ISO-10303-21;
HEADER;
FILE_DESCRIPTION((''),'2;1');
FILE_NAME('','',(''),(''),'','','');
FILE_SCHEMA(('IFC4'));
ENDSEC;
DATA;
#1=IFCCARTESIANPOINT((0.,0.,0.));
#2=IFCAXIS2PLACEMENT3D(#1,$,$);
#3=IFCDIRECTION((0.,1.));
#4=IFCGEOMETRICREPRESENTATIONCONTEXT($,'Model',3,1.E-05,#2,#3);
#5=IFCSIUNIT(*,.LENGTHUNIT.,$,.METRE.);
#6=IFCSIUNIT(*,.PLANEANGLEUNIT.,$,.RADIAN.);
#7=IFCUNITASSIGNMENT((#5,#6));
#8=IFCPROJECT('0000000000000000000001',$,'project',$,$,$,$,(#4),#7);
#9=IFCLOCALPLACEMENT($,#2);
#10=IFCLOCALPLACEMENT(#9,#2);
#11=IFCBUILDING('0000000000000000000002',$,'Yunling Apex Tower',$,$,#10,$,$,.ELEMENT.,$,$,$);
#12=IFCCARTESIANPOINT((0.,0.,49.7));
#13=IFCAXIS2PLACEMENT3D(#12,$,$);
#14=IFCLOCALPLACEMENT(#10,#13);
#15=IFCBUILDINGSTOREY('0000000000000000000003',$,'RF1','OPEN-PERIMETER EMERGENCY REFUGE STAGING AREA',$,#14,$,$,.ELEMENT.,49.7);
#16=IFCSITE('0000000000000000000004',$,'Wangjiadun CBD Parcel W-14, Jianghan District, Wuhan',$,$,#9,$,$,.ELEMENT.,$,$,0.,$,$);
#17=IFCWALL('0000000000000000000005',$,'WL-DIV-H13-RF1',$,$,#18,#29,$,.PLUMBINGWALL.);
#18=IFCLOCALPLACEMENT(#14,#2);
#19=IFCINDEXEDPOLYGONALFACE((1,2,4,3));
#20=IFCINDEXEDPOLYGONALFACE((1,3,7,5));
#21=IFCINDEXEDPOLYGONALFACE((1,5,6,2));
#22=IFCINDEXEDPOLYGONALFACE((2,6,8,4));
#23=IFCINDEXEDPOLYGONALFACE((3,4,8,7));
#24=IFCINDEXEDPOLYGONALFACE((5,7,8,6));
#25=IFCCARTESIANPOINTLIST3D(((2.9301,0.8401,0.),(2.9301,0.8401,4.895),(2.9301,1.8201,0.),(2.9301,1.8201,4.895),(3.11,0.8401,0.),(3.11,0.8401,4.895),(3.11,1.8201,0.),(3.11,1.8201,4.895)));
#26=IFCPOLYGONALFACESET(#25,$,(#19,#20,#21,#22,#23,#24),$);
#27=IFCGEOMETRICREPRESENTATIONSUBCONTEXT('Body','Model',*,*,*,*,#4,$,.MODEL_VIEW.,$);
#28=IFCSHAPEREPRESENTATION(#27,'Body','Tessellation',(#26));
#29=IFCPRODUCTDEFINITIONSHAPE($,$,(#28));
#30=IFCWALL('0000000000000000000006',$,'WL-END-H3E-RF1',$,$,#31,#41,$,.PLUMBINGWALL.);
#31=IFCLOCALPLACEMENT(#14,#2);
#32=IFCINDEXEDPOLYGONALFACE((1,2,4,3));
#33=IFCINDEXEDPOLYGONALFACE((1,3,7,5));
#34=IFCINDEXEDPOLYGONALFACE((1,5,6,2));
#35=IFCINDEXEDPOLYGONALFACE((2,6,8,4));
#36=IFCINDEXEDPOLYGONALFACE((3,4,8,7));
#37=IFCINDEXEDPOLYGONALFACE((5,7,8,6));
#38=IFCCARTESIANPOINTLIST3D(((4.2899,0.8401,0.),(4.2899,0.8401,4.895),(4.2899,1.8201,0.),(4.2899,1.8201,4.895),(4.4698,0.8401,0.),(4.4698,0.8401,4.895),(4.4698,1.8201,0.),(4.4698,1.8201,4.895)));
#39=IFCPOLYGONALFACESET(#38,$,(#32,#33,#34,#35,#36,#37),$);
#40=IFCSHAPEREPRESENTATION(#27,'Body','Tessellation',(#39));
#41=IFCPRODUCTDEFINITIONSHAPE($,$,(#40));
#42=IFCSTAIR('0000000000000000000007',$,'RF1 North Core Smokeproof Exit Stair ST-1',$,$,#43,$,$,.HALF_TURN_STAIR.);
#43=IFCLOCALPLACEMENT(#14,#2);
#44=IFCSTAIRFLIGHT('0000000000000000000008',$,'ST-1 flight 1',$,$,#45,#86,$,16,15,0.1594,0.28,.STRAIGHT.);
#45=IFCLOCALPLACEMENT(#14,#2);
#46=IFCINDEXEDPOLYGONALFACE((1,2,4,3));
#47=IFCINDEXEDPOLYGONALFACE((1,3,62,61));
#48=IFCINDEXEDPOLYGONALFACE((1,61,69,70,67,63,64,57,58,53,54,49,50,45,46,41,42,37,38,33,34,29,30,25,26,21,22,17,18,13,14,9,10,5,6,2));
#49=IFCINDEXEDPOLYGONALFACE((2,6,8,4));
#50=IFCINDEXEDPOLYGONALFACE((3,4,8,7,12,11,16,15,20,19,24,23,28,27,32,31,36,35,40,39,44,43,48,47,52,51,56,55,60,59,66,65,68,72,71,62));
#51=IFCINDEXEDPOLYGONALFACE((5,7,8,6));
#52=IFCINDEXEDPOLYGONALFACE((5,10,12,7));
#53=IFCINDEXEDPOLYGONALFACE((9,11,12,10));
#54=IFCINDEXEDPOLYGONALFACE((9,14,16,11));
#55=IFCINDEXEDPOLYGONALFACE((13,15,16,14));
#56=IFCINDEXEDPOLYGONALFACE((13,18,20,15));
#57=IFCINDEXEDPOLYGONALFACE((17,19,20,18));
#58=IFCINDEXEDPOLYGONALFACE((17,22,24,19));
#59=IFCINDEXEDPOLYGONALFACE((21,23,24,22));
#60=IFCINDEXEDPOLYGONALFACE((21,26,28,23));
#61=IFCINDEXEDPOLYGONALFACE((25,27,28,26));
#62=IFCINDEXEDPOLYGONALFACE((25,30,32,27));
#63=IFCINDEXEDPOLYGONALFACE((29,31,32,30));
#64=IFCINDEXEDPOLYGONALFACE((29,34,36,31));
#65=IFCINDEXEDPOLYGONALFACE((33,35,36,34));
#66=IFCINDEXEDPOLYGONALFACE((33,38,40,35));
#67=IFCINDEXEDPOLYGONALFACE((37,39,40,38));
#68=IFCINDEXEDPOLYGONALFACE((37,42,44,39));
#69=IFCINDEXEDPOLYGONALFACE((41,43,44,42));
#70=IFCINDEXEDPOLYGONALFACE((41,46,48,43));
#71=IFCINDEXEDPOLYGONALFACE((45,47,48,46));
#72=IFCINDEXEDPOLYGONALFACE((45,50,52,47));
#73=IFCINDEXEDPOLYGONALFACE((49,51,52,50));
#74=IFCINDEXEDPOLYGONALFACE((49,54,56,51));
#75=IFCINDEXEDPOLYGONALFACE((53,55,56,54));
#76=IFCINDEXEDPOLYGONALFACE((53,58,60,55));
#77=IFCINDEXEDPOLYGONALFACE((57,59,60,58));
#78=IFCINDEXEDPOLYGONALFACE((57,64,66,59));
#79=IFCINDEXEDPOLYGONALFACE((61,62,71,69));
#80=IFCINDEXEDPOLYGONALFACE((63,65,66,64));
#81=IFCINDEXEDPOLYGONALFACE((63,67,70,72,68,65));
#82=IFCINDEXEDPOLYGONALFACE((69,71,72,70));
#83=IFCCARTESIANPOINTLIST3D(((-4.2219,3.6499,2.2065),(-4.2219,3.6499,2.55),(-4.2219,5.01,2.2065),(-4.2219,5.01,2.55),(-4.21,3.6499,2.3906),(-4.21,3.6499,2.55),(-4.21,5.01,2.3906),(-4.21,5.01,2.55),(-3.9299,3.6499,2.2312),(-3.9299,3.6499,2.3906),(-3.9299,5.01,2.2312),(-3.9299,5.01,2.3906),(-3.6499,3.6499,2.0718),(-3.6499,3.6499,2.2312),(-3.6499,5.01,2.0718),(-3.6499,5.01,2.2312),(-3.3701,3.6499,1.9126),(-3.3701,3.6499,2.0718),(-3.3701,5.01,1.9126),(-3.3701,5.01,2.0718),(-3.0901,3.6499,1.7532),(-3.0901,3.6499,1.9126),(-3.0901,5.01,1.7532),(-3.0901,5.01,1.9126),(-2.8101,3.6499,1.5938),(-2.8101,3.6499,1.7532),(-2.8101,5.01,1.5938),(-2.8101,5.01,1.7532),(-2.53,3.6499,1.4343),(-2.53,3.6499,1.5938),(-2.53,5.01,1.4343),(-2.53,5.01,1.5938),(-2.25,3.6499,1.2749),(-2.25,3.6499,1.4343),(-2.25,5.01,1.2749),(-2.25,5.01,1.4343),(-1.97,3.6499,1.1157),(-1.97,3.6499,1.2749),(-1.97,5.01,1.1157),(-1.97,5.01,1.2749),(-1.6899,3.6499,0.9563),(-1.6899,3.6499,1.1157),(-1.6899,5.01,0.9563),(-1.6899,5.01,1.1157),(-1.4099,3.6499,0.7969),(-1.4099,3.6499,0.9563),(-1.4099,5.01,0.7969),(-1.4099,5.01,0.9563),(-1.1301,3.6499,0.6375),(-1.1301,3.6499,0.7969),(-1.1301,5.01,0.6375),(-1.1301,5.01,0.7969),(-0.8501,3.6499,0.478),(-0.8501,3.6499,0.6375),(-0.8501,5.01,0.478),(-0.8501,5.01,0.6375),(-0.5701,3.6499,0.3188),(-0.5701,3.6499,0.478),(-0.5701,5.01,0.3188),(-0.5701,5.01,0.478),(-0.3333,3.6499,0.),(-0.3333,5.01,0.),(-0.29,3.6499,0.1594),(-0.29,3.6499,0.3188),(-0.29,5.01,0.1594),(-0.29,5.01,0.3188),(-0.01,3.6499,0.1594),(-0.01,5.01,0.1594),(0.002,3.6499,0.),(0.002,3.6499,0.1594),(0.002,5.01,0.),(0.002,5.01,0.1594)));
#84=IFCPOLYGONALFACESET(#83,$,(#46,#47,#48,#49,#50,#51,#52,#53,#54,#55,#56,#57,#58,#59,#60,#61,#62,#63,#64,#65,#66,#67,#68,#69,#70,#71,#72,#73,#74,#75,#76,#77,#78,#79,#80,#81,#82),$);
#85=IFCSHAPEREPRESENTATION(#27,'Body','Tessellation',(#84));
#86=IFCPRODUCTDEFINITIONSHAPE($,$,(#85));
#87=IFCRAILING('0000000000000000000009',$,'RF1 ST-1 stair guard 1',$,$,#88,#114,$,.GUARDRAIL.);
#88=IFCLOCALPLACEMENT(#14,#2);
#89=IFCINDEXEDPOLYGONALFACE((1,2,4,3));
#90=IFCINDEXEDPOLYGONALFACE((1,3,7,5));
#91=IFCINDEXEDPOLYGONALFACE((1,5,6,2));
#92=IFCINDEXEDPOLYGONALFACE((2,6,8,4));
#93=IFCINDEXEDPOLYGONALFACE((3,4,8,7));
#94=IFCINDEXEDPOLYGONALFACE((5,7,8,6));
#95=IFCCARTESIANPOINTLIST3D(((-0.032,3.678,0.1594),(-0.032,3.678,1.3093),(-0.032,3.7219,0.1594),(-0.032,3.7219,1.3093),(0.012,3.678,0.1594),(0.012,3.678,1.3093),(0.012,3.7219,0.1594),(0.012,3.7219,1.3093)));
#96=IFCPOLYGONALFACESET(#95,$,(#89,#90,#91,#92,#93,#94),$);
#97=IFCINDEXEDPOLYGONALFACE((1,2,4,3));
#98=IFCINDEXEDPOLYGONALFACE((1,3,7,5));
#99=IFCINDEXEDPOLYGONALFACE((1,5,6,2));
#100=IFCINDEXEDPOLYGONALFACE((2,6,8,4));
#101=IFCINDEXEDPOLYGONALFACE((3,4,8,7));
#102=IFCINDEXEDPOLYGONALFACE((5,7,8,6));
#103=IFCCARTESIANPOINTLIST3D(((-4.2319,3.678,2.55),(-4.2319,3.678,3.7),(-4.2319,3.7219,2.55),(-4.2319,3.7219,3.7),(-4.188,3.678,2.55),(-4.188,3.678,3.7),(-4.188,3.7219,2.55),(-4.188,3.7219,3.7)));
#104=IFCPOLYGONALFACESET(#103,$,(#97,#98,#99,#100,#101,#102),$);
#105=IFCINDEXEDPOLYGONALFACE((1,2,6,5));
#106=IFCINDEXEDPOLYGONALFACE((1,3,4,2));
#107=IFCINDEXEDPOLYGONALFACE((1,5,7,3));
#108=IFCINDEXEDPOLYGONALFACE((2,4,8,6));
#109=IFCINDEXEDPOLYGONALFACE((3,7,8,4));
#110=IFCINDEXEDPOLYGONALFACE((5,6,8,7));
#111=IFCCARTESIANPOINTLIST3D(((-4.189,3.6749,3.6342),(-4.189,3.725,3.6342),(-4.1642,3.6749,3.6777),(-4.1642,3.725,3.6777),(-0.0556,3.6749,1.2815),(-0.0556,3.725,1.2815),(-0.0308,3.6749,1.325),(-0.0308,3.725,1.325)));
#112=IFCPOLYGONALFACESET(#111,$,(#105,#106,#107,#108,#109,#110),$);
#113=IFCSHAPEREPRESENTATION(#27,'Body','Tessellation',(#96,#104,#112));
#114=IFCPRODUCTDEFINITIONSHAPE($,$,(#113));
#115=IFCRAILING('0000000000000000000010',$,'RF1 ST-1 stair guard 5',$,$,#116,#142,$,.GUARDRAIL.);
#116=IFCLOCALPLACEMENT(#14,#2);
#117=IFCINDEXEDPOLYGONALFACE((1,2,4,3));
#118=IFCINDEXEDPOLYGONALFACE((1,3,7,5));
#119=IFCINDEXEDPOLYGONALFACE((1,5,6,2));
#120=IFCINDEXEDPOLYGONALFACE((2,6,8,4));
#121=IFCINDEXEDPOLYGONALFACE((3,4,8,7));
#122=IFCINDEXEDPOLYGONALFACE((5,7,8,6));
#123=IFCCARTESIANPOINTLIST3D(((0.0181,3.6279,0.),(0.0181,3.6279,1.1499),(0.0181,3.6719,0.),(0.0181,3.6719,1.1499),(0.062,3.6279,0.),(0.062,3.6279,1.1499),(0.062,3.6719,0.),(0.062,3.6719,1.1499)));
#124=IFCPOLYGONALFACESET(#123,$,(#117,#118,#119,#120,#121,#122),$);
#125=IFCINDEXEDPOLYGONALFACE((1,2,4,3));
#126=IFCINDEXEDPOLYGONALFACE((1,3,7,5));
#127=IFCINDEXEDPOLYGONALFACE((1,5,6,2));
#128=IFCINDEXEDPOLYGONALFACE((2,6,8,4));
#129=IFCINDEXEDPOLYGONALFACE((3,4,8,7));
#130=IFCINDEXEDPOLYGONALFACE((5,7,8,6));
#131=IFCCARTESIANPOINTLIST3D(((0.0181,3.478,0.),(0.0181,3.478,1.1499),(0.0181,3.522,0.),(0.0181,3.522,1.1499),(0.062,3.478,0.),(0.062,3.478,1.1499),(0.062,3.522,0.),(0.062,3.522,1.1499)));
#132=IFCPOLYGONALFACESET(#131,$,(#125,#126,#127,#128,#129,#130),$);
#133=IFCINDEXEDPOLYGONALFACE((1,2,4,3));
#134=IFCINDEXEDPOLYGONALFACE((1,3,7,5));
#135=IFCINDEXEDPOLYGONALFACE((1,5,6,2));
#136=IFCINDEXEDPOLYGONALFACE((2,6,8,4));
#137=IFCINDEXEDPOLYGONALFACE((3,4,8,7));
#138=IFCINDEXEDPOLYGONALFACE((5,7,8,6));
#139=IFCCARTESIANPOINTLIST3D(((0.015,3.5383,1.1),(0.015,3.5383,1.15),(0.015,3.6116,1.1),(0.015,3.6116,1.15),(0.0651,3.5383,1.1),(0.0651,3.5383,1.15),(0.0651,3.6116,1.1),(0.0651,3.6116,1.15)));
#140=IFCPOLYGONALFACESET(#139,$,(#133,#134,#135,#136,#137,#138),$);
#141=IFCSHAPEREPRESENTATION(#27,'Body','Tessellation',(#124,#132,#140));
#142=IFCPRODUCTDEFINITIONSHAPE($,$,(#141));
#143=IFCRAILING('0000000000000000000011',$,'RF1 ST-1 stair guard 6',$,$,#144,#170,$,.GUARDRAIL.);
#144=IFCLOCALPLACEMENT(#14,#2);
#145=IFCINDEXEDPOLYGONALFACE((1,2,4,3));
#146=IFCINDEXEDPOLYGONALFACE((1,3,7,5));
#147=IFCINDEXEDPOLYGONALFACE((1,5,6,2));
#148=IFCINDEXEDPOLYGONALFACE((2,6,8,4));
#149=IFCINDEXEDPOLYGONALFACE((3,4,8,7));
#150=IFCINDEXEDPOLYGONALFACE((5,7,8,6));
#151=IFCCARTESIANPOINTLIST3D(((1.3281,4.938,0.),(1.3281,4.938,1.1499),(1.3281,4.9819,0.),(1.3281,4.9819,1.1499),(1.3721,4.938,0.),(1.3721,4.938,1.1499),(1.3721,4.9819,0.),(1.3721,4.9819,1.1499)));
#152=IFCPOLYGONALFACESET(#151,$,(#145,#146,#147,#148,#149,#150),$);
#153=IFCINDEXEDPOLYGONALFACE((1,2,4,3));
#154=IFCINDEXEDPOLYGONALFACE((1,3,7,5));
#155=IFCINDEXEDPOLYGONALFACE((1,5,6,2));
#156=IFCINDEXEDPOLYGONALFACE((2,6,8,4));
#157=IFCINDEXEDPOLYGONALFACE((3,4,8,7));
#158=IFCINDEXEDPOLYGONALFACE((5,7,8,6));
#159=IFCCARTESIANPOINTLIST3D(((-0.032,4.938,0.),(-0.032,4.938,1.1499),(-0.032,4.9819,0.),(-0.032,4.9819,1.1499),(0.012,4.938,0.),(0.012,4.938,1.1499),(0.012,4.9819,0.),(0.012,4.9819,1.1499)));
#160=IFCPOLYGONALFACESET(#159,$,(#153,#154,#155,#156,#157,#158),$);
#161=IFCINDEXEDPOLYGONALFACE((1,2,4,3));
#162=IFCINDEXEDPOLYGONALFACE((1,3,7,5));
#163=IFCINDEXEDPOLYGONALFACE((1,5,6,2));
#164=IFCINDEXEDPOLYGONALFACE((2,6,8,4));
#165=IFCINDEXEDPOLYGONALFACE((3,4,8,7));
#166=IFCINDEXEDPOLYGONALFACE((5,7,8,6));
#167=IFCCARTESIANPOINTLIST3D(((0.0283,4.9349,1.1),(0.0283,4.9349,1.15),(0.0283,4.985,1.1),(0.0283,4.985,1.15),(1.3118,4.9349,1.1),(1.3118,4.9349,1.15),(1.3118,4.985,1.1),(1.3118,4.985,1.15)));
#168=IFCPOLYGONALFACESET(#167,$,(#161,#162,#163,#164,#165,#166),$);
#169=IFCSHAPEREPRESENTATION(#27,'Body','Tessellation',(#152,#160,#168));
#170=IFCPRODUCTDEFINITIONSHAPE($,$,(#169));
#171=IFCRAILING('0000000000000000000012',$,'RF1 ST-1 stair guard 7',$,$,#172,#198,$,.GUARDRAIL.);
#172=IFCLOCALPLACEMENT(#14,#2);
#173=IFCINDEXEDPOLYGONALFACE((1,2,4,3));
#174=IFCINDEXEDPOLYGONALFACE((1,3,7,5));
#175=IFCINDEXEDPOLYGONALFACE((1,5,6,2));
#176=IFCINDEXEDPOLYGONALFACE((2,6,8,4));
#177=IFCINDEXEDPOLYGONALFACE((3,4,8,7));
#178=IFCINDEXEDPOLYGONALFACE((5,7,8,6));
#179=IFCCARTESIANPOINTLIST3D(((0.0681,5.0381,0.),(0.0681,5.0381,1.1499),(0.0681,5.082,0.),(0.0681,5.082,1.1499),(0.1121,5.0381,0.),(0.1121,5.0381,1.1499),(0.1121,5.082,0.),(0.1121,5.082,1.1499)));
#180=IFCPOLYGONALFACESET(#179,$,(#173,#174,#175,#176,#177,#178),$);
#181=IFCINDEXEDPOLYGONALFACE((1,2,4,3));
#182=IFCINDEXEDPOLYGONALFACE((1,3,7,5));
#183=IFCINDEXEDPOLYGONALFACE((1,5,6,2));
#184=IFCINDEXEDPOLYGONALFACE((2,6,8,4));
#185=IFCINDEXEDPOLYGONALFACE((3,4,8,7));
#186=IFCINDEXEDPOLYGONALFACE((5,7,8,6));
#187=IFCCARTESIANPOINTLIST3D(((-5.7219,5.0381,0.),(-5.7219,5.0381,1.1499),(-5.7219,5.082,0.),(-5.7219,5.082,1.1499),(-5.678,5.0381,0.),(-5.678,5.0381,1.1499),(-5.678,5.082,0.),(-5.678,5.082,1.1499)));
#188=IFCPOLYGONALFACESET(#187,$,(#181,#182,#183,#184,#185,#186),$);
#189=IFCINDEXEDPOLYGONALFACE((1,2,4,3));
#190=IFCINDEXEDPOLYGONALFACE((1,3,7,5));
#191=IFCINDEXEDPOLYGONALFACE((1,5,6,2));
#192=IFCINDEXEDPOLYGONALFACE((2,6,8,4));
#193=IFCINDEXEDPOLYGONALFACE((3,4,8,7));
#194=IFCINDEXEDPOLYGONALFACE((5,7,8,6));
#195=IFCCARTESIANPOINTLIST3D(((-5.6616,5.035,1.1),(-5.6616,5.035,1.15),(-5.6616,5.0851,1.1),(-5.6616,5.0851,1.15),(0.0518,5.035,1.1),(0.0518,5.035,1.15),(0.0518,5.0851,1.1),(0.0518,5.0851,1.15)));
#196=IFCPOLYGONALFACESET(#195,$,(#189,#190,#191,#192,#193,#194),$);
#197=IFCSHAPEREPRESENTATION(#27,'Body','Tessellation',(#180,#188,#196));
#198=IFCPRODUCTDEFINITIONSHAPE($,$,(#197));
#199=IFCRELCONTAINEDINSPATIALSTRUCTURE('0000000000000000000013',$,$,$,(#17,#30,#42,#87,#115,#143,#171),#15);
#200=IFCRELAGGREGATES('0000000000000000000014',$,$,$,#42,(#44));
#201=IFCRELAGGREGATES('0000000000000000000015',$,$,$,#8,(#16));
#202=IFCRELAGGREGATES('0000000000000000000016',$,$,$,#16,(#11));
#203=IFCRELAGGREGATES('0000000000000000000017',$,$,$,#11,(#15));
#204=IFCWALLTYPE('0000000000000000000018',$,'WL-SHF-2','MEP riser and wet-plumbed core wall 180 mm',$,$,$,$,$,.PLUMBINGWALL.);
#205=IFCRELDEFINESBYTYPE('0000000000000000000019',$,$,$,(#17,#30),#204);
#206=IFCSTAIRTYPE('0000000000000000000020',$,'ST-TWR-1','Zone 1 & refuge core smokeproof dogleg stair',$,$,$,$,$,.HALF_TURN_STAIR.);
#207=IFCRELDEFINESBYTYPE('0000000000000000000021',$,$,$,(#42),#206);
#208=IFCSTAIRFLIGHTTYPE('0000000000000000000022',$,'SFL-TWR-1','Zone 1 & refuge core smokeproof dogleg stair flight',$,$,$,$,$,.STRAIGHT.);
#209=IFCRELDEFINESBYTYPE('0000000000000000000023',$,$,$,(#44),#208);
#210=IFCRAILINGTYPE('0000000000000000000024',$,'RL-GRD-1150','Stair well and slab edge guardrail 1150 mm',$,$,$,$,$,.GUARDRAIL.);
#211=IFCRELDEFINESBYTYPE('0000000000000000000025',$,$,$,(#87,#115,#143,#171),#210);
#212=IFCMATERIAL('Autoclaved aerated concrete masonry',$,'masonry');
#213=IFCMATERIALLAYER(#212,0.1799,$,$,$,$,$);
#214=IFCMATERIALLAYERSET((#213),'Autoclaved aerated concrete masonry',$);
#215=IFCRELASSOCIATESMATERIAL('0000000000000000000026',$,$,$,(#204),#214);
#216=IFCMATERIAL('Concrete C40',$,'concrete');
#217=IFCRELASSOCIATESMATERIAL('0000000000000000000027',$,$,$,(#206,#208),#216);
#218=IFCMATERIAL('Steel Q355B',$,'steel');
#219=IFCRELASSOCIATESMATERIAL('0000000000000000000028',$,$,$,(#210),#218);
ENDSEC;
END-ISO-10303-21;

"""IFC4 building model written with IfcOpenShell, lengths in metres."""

from ifc_helpers import new_model, si_unit, direction, frame, frame_2d, origin, origin_2d, place, context, subcontext, project, spatial, polyline, rectangle, outline, extrude, material, layer, layer_set, type_object, element, aggregate, save


model = new_model("IFC4")

# Units and contexts
model_context = context("Model", 3, precision=1e-05, world=origin(), true_north=direction((0.0, 1.0)))
body_context = subcontext(model_context, "Body", "Model", "MODEL_VIEW")
ifc_project = project(units=[si_unit("LENGTHUNIT", "METRE"), si_unit("PLANEANGLEUNIT", "RADIAN")], contexts=[model_context])

# Site, building, storey
site_placement = place(None, origin())
site = spatial("IfcSite", under=ifc_project, at=site_placement, Name="Wangjiadun CBD Parcel W-14, Jianghan District, Wuhan", CompositionType="ELEMENT", RefElevation=0.0)
building_placement = place(site_placement, origin())
building = spatial("IfcBuilding", under=site, at=building_placement, Name="Yunling Apex Tower", CompositionType="ELEMENT")
storey_placement = place(building_placement, frame((0.0, 0.0, 49.7)))
storey = spatial("IfcBuildingStorey", under=building, at=storey_placement, Name="RF1", Description="OPEN-PERIMETER EMERGENCY REFUGE STAGING AREA", CompositionType="ELEMENT", Elevation=49.7)

# Shared definitions
ifc_material_1 = material(Name="Steel Q355B", Category="steel")

# Shared definitions
ifc_material_2 = material(Name="Concrete C40", Category="concrete")

# Shared definitions
ifc_material_3 = material(Name="Autoclaved aerated concrete masonry", Category="masonry")

# Walls
ifc_layer_1 = layer(ifc_material_3, 0.1799)
ifc_layer_set_1 = layer_set([ifc_layer_1], Name="Autoclaved aerated concrete masonry")
wall_type_1 = type_object("IfcWallType", Name="WL-SHF-2", Description="MEP riser and wet-plumbed core wall 180 mm", PredefinedType="PLUMBINGWALL", material=ifc_layer_set_1)
for number, where, z_axis, x_axis, name in (
    (1, (3.02, 0.8401, 0.0), (0.0, 0.0, 1.0), (0.0, 1.0, 0.0), "WL-DIV-H13-RF1"),
    (2, (4.3799, 0.8401, 0.0), (0.0, 0.0, 1.0), (0.0, 1.0, 0.0), "WL-END-H3E-RF1"),
):
    element("IfcWall", number, at=place(storey_placement, frame(where, z_axis=z_axis, x_axis=x_axis)), inside=storey, type_object=wall_type_1, Name=name, PredefinedType="PLUMBINGWALL", context=body_context, shape_type="SweptSolid", body=[
        extrude(rectangle(XDim=0.98, YDim=0.1799, at=frame_2d((0.49, 0.0))), origin(), (0.0, 0.0, 1.0), 4.895),
    ])

# Stair, stair flight
stair_type = type_object("IfcStairType", Name="ST-TWR-1", Description="Zone 1 & refuge core smokeproof dogleg stair", PredefinedType="HALF_TURN_STAIR", material=ifc_material_2)
stair_placement = place(storey_placement, origin())
stair = element("IfcStair", 3, at=stair_placement, inside=storey, type_object=stair_type, Name="RF1 North Core Smokeproof Exit Stair ST-1", PredefinedType="HALF_TURN_STAIR")
stair_flight_type = type_object("IfcStairFlightType", Name="SFL-TWR-1", Description="Zone 1 & refuge core smokeproof dogleg stair flight", PredefinedType="STRAIGHT", material=ifc_material_2)
stair_flight_placement = place(storey_placement, frame((-0.01, 4.3301, 0.0), z_axis=(0.0, 0.0, 1.0), x_axis=(-1.0, 0.0, 0.0)))
stair_flight = element("IfcStairFlight", 4, at=stair_flight_placement, type_object=stair_flight_type, Name="ST-1 flight 1", NumberOfRisers=16, NumberOfTreads=15, PredefinedType="STRAIGHT", RiserHeight=0.1594, TreadLength=0.28, context=body_context, shape_type="SweptSolid", body=[
    extrude(outline(polyline([(-0.012, 0.0), (-0.012, 0.1594), (0.0, 0.1594), (0.28, 0.1594), (0.28, 0.3188), (0.5601, 0.3188), (0.5601, 0.478), (0.8401, 0.478), (0.8401, 0.6375), (1.1201, 0.6375), (1.1201, 0.7969), (1.3999, 0.7969), (1.3999, 0.9563), (1.6799, 0.9563), (1.6799, 1.1157), (1.96, 1.1157), (1.96, 1.2749), (2.24, 1.2749), (2.24, 1.4343), (2.52, 1.4343), (2.52, 1.5938), (2.8, 1.5938), (2.8, 1.7532), (3.0801, 1.7532), (3.0801, 1.9126), (3.3601, 1.9126), (3.3601, 2.0718), (3.6399, 2.0718), (3.6399, 2.2312), (3.9199, 2.2312), (3.9199, 2.3906), (4.2, 2.3906), (4.2, 2.55), (4.2119, 2.55), (4.2119, 2.2065), (0.3232, 0.0), (-0.012, 0.0)])), frame((0.0, 0.6802, 0.0), z_axis=(0.0, -1.0, 0.0), x_axis=(1.0, 0.0, 0.0)), (0.0, 0.0, 1.0), 1.3601),
])
aggregate(stair, [stair_flight])

# Railings
railing_type_1 = type_object("IfcRailingType", Name="RL-GRD-1150", Description="Stair well and slab edge guardrail 1150 mm", PredefinedType="GUARDRAIL", material=ifc_material_1)
railing_1_placement = place(storey_placement, frame((-0.01, 3.7, 0.1594)))
element("IfcRailing", 5, at=railing_1_placement, inside=storey, type_object=railing_type_1, Name="RF1 ST-1 stair guard 1", PredefinedType="GUARDRAIL", context=body_context, shape_type="SweptSolid", body=[
    extrude(rectangle(XDim=0.0439, YDim=0.0439, at=origin_2d()), origin(), (0.0, 0.0, 1.0), 1.1499),
    extrude(rectangle(XDim=0.0439, YDim=0.0439, at=origin_2d()), frame((-4.2, 0.0, 2.3906)), (0.0, 0.0, 1.0), 1.1499),
    extrude(rectangle(XDim=0.05, YDim=0.05, at=origin_2d()), frame((-0.0332, 0.0, 1.1438), z_axis=(-0.869075, 0.0, 0.49468), x_axis=(0.0, -1.0, 0.0)), (0.0, 0.0, 1.0), 4.7561),
])
railing_2_placement = place(storey_placement, frame((0.04, 3.6499, 0.0)))
element("IfcRailing", 6, at=railing_2_placement, inside=storey, type_object=railing_type_1, Name="RF1 ST-1 stair guard 5", PredefinedType="GUARDRAIL", context=body_context, shape_type="SweptSolid", body=[
    extrude(rectangle(XDim=0.0439, YDim=0.0439, at=origin_2d()), origin(), (0.0, 0.0, 1.0), 1.1499),
    extrude(rectangle(XDim=0.0439, YDim=0.0439, at=origin_2d()), frame((0.0, -0.1499, 0.0)), (0.0, 0.0, 1.0), 1.1499),
    extrude(rectangle(XDim=0.05, YDim=0.05, at=origin_2d()), frame((0.0, -0.0383, 1.125), z_axis=(0.0, -1.0, 0.0), x_axis=(1.0, 0.0, 0.0)), (0.0, 0.0, 1.0), 0.0732),
])
railing_3_placement = place(storey_placement, frame((1.3501, 4.96, 0.0)))
element("IfcRailing", 7, at=railing_3_placement, inside=storey, type_object=railing_type_1, Name="RF1 ST-1 stair guard 6", PredefinedType="GUARDRAIL", context=body_context, shape_type="SweptSolid", body=[
    extrude(rectangle(XDim=0.0439, YDim=0.0439, at=origin_2d()), origin(), (0.0, 0.0, 1.0), 1.1499),
    extrude(rectangle(XDim=0.0439, YDim=0.0439, at=origin_2d()), frame((-1.3601, 0.0, 0.0)), (0.0, 0.0, 1.0), 1.1499),
    extrude(rectangle(XDim=0.05, YDim=0.05, at=origin_2d()), frame((-0.0383, 0.0, 1.125), z_axis=(-1.0, 0.0, 0.0), x_axis=(0.0, -1.0, 0.0)), (0.0, 0.0, 1.0), 1.2834),
])
railing_4_placement = place(storey_placement, frame((0.0901, 5.0601, 0.0)))
element("IfcRailing", 8, at=railing_4_placement, inside=storey, type_object=railing_type_1, Name="RF1 ST-1 stair guard 7", PredefinedType="GUARDRAIL", context=body_context, shape_type="SweptSolid", body=[
    extrude(rectangle(XDim=0.0439, YDim=0.0439, at=origin_2d()), origin(), (0.0, 0.0, 1.0), 1.1499),
    extrude(rectangle(XDim=0.0439, YDim=0.0439, at=origin_2d()), frame((-5.79, 0.0, 0.0)), (0.0, 0.0, 1.0), 1.1499),
    extrude(rectangle(XDim=0.05, YDim=0.05, at=origin_2d()), frame((-0.0383, 0.0, 1.125), z_axis=(-1.0, 0.0, 0.0), x_axis=(0.0, -1.0, 0.0)), (0.0, 0.0, 1.0), 5.7134),
])

save(model, "model.ifc")
